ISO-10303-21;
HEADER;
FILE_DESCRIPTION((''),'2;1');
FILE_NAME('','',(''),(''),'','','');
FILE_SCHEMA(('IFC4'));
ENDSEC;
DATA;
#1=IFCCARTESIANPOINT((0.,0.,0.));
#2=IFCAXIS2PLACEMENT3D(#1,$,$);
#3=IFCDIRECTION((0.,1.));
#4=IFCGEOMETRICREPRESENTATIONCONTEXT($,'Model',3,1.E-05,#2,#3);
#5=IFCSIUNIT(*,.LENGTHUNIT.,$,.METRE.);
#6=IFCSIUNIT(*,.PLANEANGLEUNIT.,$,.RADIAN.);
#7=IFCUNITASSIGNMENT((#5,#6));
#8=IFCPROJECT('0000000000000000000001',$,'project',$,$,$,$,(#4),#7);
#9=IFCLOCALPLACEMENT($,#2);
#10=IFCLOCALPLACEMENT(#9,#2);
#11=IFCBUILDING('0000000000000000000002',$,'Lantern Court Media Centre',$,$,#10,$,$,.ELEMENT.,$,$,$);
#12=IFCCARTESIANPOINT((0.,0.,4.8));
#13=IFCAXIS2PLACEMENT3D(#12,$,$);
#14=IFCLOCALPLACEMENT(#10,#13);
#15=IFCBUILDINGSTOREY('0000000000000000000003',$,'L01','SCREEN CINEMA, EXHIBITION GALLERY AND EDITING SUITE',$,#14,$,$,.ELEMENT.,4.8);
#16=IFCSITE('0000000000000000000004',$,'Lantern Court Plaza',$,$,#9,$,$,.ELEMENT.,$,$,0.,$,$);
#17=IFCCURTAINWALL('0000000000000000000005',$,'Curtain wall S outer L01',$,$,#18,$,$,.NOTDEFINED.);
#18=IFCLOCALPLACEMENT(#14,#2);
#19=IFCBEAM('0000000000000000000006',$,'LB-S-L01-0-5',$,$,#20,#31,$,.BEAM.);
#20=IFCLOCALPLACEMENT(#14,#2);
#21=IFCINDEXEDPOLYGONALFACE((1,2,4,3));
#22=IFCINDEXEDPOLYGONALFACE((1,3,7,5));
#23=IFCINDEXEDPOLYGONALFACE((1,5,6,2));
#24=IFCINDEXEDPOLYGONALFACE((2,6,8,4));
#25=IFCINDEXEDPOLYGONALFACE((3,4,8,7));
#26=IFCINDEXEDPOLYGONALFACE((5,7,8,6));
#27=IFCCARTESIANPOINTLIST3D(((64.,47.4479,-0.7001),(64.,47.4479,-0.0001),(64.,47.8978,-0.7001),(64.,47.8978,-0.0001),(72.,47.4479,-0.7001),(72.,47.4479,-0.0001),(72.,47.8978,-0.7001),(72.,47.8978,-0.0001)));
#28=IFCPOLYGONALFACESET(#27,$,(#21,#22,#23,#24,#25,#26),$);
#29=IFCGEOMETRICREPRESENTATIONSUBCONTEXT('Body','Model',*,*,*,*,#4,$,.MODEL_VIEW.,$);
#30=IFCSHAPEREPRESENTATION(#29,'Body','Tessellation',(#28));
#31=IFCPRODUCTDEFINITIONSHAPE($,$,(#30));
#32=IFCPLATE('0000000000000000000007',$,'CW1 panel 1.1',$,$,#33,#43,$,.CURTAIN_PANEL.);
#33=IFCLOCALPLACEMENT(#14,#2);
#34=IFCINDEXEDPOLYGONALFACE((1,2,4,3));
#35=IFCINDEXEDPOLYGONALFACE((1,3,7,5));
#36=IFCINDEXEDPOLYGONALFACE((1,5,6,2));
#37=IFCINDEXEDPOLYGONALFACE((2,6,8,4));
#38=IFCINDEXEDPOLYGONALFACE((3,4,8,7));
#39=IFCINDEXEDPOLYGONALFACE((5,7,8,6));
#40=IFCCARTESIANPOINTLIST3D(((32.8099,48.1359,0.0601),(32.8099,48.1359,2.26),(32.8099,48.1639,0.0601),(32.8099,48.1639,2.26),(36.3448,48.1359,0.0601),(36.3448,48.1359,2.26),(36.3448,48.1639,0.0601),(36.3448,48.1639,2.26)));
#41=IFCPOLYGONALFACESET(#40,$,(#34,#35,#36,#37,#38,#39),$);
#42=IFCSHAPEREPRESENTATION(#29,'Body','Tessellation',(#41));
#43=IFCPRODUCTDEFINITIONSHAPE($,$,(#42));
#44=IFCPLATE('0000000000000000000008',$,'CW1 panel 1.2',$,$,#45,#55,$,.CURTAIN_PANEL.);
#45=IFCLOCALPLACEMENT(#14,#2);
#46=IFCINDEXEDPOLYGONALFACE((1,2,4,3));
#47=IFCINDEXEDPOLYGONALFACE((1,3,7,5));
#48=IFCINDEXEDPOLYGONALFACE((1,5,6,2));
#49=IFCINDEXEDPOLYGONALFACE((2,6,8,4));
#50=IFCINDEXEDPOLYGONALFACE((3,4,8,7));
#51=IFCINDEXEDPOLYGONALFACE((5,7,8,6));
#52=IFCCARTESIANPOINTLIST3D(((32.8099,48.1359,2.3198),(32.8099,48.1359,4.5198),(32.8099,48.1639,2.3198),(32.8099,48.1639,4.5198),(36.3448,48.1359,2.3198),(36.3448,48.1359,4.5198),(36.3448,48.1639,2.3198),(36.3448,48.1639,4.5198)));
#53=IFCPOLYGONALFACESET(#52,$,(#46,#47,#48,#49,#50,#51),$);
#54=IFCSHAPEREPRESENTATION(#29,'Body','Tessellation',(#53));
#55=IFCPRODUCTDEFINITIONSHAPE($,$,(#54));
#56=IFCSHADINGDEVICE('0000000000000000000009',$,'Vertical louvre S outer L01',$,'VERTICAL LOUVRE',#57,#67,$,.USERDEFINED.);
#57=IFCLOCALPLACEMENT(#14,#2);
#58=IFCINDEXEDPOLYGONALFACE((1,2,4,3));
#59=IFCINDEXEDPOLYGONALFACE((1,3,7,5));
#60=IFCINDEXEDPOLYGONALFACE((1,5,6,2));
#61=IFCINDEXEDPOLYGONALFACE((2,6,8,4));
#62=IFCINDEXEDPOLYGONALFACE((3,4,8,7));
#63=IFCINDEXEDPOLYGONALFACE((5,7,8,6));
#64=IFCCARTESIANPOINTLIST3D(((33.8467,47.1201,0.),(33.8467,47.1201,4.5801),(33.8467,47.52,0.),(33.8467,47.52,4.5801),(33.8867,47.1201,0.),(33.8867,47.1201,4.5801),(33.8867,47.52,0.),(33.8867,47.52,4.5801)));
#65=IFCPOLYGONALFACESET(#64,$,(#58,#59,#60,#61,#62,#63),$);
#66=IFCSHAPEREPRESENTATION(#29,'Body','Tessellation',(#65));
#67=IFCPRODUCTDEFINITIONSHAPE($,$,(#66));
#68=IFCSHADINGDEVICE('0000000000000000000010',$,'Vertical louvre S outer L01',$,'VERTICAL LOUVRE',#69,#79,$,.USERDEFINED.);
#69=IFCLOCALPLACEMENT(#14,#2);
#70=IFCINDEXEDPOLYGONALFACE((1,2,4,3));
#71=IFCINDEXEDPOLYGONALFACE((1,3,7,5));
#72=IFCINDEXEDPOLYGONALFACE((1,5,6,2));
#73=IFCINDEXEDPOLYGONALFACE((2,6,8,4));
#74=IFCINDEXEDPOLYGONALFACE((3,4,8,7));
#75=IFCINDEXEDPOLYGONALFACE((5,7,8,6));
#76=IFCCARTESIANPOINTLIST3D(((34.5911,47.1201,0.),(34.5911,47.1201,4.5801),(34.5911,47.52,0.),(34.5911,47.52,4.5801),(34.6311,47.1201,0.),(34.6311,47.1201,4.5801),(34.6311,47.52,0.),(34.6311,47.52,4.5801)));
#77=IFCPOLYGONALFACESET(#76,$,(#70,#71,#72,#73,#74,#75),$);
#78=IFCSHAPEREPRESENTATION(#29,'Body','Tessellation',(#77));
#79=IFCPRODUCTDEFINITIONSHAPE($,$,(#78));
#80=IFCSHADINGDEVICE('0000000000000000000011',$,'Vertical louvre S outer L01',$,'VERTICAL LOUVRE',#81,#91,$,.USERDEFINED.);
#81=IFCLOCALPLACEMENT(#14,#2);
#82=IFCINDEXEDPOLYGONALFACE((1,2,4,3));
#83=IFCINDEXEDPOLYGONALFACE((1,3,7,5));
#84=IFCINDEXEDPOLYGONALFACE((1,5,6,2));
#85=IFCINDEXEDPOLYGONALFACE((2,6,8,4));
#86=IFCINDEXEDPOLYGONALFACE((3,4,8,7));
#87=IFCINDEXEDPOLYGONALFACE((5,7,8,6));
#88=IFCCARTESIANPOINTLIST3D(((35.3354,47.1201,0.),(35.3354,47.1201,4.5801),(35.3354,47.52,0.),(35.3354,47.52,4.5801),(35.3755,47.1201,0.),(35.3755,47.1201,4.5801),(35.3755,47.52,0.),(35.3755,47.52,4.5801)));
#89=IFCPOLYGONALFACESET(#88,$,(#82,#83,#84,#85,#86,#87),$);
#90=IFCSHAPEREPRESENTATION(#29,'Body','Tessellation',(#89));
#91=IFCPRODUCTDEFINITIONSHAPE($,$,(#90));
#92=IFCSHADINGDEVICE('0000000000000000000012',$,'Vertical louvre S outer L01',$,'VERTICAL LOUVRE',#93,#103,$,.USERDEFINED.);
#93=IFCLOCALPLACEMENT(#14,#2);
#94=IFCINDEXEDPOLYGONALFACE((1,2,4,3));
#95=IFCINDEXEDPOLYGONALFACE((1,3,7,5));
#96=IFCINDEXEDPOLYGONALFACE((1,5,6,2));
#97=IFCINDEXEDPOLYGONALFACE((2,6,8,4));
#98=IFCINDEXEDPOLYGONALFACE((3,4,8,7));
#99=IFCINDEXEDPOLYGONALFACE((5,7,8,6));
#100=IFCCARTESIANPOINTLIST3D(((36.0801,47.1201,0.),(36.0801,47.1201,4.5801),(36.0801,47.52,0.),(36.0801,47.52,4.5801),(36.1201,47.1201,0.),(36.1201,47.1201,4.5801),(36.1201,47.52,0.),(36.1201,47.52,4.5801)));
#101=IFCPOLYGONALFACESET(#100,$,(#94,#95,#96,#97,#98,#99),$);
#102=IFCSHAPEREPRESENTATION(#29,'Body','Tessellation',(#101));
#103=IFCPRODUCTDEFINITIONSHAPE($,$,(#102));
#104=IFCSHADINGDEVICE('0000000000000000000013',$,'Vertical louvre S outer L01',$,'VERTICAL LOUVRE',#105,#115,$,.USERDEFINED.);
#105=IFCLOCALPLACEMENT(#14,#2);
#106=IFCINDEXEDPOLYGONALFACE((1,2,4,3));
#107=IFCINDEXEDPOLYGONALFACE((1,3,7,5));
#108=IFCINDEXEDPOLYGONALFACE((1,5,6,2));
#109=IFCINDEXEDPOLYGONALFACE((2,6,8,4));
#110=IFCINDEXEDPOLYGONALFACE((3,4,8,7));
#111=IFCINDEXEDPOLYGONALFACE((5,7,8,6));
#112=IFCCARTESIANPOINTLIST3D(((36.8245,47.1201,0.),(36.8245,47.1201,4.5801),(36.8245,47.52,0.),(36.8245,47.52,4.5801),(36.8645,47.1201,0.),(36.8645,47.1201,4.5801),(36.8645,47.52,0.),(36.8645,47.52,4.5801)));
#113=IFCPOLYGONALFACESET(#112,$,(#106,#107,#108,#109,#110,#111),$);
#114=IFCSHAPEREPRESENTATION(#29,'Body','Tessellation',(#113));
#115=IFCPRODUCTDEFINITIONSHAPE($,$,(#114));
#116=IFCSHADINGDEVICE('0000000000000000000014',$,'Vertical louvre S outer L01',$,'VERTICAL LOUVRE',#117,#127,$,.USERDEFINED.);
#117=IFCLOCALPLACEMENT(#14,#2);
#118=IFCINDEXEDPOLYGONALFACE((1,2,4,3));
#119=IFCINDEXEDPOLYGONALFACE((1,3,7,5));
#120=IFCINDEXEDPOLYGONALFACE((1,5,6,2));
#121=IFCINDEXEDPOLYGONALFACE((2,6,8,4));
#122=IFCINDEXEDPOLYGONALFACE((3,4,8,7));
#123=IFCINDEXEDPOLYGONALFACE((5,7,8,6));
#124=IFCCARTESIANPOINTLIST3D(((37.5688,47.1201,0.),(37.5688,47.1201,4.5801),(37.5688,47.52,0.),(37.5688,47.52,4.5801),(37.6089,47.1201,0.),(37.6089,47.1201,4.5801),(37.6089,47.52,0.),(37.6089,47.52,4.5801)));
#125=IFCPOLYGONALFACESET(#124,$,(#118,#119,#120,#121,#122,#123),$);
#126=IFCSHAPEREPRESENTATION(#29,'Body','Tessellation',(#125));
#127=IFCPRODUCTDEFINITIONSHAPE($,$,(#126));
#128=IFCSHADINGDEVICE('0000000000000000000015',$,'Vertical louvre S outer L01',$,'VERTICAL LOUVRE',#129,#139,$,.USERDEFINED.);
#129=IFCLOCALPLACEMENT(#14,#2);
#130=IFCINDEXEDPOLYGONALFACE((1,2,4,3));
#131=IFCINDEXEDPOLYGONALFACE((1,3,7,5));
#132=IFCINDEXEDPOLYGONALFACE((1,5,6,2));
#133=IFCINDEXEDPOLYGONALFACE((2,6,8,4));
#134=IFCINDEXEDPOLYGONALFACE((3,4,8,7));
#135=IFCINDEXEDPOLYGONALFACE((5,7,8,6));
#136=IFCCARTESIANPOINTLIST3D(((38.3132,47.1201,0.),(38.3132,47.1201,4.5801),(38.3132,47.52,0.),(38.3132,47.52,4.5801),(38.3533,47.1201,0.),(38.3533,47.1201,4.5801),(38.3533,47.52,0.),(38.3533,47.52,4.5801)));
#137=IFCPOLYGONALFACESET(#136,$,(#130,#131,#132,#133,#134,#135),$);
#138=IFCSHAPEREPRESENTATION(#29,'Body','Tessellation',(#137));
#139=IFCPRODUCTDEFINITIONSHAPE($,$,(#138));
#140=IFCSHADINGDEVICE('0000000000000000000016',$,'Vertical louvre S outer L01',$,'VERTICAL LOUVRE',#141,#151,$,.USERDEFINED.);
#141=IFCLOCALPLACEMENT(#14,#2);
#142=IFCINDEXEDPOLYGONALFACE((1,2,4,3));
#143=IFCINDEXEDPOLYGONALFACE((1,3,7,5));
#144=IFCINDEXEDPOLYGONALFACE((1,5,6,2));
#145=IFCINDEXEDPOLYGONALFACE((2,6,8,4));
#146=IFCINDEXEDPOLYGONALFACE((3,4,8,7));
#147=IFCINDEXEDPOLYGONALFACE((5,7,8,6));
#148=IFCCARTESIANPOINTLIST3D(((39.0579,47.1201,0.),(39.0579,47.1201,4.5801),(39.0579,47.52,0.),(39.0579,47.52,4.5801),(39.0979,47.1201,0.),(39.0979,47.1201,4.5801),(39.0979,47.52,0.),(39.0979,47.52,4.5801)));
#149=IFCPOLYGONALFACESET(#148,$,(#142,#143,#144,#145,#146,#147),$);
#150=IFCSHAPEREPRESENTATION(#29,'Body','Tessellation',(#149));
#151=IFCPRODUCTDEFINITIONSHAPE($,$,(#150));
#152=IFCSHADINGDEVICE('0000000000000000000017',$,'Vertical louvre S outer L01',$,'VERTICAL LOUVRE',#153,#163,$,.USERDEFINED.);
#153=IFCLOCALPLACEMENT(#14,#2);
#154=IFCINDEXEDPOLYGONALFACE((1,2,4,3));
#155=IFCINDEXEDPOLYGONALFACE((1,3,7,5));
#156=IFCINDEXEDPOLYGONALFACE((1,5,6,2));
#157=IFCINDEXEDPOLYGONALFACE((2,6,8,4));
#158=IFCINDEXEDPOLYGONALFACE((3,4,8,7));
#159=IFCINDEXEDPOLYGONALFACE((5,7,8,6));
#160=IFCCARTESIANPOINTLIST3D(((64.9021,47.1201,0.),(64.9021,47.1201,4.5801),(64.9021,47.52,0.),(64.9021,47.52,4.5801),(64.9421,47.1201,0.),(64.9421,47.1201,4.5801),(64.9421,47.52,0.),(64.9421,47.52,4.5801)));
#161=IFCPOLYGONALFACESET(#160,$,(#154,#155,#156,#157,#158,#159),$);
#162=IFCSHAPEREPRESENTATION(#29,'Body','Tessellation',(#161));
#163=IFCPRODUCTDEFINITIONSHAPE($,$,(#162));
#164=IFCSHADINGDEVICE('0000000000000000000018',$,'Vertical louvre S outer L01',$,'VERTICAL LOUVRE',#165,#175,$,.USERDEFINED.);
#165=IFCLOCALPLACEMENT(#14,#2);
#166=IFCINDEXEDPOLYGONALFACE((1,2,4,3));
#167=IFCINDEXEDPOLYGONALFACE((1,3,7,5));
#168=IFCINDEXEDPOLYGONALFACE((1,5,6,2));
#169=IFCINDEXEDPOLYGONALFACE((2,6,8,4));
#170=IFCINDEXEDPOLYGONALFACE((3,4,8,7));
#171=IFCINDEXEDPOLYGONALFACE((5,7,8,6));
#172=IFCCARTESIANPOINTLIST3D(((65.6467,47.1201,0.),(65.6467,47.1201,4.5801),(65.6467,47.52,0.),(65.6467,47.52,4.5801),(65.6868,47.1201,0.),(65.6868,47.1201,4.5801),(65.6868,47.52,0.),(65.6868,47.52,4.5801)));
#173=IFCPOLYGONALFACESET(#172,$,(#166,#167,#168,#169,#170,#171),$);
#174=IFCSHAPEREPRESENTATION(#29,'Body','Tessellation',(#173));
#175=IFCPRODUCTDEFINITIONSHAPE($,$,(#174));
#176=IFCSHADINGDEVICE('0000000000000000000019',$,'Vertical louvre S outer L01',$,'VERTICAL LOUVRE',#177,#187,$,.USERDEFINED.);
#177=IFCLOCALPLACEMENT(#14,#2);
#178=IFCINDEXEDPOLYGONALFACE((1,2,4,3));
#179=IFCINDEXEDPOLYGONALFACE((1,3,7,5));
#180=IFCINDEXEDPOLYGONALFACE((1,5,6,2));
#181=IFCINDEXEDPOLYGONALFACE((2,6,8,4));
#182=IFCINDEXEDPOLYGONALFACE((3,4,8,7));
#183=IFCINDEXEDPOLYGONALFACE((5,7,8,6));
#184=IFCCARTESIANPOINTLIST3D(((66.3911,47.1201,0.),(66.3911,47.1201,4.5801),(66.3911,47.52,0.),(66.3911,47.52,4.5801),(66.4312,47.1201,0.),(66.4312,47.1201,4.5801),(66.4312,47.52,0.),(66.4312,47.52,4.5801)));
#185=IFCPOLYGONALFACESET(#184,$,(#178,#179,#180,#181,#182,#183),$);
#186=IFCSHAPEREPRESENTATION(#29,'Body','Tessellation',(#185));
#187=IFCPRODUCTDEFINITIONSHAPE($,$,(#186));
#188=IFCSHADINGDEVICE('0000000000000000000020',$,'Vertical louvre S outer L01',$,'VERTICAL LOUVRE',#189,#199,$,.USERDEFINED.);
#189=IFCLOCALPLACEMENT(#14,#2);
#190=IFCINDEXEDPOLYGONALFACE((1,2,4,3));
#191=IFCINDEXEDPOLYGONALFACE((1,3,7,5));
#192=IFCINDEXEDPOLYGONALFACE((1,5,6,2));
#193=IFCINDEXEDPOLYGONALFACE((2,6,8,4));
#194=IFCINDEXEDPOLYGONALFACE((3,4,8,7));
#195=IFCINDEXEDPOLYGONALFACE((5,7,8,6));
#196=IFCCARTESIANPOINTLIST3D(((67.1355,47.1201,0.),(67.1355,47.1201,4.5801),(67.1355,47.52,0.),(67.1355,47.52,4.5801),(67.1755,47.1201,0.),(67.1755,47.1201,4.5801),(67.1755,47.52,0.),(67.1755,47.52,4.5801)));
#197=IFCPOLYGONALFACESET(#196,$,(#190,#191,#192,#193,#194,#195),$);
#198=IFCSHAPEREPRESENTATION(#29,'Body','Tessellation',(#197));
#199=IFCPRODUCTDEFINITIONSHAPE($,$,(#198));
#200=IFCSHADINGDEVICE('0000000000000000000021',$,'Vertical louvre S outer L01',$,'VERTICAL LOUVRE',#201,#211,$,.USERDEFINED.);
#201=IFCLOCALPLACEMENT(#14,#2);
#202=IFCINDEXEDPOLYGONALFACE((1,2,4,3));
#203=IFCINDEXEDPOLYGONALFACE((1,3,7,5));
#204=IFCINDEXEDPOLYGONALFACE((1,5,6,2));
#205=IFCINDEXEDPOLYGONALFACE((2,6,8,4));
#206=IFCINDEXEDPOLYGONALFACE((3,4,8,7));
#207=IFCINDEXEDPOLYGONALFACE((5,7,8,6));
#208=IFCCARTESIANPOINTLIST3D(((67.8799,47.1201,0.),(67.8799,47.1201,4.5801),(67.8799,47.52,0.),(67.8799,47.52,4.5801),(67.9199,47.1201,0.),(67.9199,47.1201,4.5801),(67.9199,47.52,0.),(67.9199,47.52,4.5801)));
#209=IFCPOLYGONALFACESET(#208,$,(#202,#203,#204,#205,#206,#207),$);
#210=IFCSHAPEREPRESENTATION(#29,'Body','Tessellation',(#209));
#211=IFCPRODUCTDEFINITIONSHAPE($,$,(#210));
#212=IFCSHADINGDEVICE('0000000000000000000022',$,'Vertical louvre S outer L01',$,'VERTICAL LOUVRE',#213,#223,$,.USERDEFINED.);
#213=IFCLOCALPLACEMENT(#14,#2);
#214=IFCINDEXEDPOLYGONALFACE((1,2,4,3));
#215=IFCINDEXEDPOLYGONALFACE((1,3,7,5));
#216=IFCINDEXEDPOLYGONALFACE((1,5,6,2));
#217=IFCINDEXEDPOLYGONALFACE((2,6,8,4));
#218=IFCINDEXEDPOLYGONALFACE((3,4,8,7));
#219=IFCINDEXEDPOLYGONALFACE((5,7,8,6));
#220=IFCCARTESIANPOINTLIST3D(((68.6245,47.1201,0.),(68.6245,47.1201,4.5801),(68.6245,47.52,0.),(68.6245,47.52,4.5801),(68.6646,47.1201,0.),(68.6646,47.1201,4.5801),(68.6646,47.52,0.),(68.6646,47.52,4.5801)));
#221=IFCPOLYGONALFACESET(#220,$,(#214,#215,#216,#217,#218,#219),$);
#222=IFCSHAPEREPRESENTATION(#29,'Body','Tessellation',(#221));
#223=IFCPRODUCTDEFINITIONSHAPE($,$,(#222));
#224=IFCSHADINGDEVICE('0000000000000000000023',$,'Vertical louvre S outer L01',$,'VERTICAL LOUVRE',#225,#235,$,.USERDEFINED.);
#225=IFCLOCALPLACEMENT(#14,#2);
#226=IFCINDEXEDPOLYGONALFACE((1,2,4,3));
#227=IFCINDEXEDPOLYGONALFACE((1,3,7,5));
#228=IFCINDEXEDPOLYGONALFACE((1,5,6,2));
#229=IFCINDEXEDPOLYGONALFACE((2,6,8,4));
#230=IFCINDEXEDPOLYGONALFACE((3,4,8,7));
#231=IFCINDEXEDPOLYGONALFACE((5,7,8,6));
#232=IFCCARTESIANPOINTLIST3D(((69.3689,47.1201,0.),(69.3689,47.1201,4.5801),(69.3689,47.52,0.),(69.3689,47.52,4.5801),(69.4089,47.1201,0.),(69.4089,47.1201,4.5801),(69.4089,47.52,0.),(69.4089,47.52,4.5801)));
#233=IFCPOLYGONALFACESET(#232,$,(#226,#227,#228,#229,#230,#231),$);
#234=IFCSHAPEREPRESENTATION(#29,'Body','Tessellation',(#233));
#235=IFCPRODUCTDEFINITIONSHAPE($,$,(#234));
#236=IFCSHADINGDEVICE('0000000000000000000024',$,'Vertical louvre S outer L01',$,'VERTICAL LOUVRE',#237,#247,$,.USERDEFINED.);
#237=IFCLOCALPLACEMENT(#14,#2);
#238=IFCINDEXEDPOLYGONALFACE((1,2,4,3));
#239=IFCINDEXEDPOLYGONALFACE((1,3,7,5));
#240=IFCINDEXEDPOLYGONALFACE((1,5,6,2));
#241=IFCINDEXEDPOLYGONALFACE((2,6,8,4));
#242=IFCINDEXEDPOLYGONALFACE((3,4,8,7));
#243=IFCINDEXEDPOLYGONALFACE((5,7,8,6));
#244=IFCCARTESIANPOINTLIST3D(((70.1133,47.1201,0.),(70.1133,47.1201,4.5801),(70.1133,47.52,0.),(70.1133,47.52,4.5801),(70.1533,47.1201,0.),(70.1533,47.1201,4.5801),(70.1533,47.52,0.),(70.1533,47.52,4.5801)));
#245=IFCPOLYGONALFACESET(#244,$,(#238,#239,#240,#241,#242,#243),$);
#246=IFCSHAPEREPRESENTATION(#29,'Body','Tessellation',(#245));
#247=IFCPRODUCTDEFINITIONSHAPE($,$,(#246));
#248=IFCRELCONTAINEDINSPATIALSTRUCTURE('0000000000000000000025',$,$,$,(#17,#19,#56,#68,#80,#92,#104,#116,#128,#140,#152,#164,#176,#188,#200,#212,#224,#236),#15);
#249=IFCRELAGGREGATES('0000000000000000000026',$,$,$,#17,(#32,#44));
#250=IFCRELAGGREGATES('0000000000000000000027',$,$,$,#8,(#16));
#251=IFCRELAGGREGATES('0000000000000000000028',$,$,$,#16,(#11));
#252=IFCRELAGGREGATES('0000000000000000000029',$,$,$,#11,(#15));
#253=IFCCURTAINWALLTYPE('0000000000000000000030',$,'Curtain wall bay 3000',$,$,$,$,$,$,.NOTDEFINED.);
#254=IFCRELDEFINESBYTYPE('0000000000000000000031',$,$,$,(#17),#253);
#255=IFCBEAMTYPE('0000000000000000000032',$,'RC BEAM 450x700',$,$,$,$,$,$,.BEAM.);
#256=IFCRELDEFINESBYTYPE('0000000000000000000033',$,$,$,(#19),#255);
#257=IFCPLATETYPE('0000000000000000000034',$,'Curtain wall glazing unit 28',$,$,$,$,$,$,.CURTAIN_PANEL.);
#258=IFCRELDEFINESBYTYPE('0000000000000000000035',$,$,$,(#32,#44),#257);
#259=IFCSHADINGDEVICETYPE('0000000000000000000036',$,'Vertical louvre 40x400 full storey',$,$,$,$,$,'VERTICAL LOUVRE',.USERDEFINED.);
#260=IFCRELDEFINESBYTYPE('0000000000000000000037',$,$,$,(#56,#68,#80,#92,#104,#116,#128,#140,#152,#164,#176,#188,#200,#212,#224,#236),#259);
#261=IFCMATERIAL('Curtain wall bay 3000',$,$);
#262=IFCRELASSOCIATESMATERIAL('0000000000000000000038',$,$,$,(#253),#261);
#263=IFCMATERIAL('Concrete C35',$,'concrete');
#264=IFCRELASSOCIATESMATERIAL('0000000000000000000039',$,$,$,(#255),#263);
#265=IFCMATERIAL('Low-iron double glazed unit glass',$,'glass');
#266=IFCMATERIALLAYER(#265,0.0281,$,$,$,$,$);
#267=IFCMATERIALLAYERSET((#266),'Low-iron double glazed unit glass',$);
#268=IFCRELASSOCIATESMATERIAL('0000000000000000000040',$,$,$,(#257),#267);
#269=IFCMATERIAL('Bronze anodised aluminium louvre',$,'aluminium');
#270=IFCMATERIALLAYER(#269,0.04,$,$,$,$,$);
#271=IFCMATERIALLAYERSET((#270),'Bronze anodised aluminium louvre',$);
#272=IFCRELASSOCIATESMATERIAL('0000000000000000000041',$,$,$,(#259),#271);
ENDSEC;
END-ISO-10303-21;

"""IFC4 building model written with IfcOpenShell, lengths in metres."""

from ifc_helpers import new_model, si_unit, direction, frame, origin, origin_2d, place, context, subcontext, project, spatial, rectangle, extrude, material, layer, layer_set, material_profile, profile_set, type_object, element, aggregate, save


model = new_model("IFC4")

# Units and contexts
model_context = context("Model", 3, precision=1e-05, world=origin(), true_north=direction((0.0, 1.0)))
body_context = subcontext(model_context, "Body", "Model", "MODEL_VIEW")
ifc_project = project(units=[si_unit("LENGTHUNIT", "METRE"), si_unit("PLANEANGLEUNIT", "RADIAN")], contexts=[model_context])

# Site, building, storey
site_placement = place(None, origin())
site = spatial("IfcSite", under=ifc_project, at=site_placement, Name="Lantern Court Plaza", CompositionType="ELEMENT", RefElevation=0.0)
building_placement = place(site_placement, origin())
building = spatial("IfcBuilding", under=site, at=building_placement, Name="Lantern Court Media Centre", CompositionType="ELEMENT")
storey_placement = place(building_placement, frame((0.0, 0.0, 4.8)))
storey = spatial("IfcBuildingStorey", under=building, at=storey_placement, Name="L01", Description="SCREEN CINEMA, EXHIBITION GALLERY AND EDITING SUITE", CompositionType="ELEMENT", Elevation=4.8)

# Shared definitions
ifc_material_1 = material(Name="Concrete C35", Category="concrete")

# Curtain wall
ifc_material_2 = material(Name="Curtain wall bay 3000")
curtain_wall_type = type_object("IfcCurtainWallType", Name="Curtain wall bay 3000", PredefinedType="NOTDEFINED", material=ifc_material_2)
curtain_wall_1_placement = place(storey_placement, origin())
curtain_wall_1 = element("IfcCurtainWall", 1, at=curtain_wall_1_placement, inside=storey, type_object=curtain_wall_type, Name="Curtain wall S outer L01", PredefinedType="NOTDEFINED")

# Beam
ifc_material_profile_1 = material_profile(ifc_material_1, rectangle(XDim=0.45, YDim=0.7, at=origin_2d()), Name="RC 450x700")
ifc_profile_set_1 = profile_set([ifc_material_profile_1], Name="Concrete C35")
beam_type_1 = type_object("IfcBeamType", Name="RC BEAM 450x700", PredefinedType="BEAM", material=ifc_profile_set_1)
beam_1_placement = place(storey_placement, frame((64.0, 47.6729, -0.3501), z_axis=(1.0, 0.0, 0.0), x_axis=(0.0, 1.0, 0.0)))
element("IfcBeam", 2, at=beam_1_placement, inside=storey, type_object=beam_type_1, Name="LB-S-L01-0-5", PredefinedType="BEAM", context=body_context, shape_type="SweptSolid", body=[
    extrude(rectangle(XDim=0.45, YDim=0.7, at=origin_2d()), origin(), (0.0, 0.0, 1.0), 8.0),
])

# Plates
ifc_material_3 = material(Name="Low-iron double glazed unit glass", Category="glass")
ifc_layer_1 = layer(ifc_material_3, 0.0281)
ifc_layer_set_1 = layer_set([ifc_layer_1], Name="Low-iron double glazed unit glass")
plate_type = type_object("IfcPlateType", Name="Curtain wall glazing unit 28", PredefinedType="CURTAIN_PANEL", material=ifc_layer_set_1)
plate_1_placement = place(storey_placement, frame((34.5774, 48.1499, 0.0601), z_axis=(0.0, 0.0, 1.0), x_axis=(1.0, 0.0, 0.0)))
plate_1 = element("IfcPlate", 3, at=plate_1_placement, type_object=plate_type, Name="CW1 panel 1.1", PredefinedType="CURTAIN_PANEL", context=body_context, shape_type="SweptSolid", body=[
    extrude(rectangle(XDim=3.5349, YDim=0.0281, at=origin_2d()), origin(), (0.0, 0.0, 1.0), 2.2),
])
plate_2_placement = place(storey_placement, frame((34.5774, 48.1499, 2.3198), z_axis=(0.0, 0.0, 1.0), x_axis=(1.0, 0.0, 0.0)))
plate_2 = element("IfcPlate", 4, at=plate_2_placement, type_object=plate_type, Name="CW1 panel 1.2", PredefinedType="CURTAIN_PANEL", context=body_context, shape_type="SweptSolid", body=[
    extrude(rectangle(XDim=3.5349, YDim=0.0281, at=origin_2d()), origin(), (0.0, 0.0, 1.0), 2.2),
])
aggregate(curtain_wall_1, [plate_1, plate_2])

# Shading devices
ifc_material_4 = material(Name="Bronze anodised aluminium louvre", Category="aluminium")
ifc_layer_2 = layer(ifc_material_4, 0.04)
ifc_layer_set_2 = layer_set([ifc_layer_2], Name="Bronze anodised aluminium louvre")
shading_device_type = type_object("IfcShadingDeviceType", Name="Vertical louvre 40x400 full storey", ElementType="VERTICAL LOUVRE", PredefinedType="USERDEFINED", material=ifc_layer_set_2)
for number, where, z_axis, x_axis, name in (
    (5, (33.8667, 47.3201, 0.0), (0.0, 0.0, 1.0), (1.0, 0.0, 0.0), "Vertical louvre S outer L01"),
    (6, (34.6111, 47.3201, 0.0), (0.0, 0.0, 1.0), (1.0, 0.0, 0.0), "Vertical louvre S outer L01"),
    (7, (35.3555, 47.3201, 0.0), (0.0, 0.0, 1.0), (1.0, 0.0, 0.0), "Vertical louvre S outer L01"),
    (8, (36.1001, 47.3201, 0.0), (0.0, 0.0, 1.0), (1.0, 0.0, 0.0), "Vertical louvre S outer L01"),
    (9, (36.8445, 47.3201, 0.0), (0.0, 0.0, 1.0), (1.0, 0.0, 0.0), "Vertical louvre S outer L01"),
    (10, (37.5889, 47.3201, 0.0), (0.0, 0.0, 1.0), (1.0, 0.0, 0.0), "Vertical louvre S outer L01"),
    (11, (38.3333, 47.3201, 0.0), (0.0, 0.0, 1.0), (1.0, 0.0, 0.0), "Vertical louvre S outer L01"),
    (12, (39.0779, 47.3201, 0.0), (0.0, 0.0, 1.0), (1.0, 0.0, 0.0), "Vertical louvre S outer L01"),
    (13, (64.9221, 47.3201, 0.0), (0.0, 0.0, 1.0), (1.0, 0.0, 0.0), "Vertical louvre S outer L01"),
    (14, (65.6667, 47.3201, 0.0), (0.0, 0.0, 1.0), (1.0, 0.0, 0.0), "Vertical louvre S outer L01"),
    (15, (66.4111, 47.3201, 0.0), (0.0, 0.0, 1.0), (1.0, 0.0, 0.0), "Vertical louvre S outer L01"),
    (16, (67.1555, 47.3201, 0.0), (0.0, 0.0, 1.0), (1.0, 0.0, 0.0), "Vertical louvre S outer L01"),
    (17, (67.8999, 47.3201, 0.0), (0.0, 0.0, 1.0), (1.0, 0.0, 0.0), "Vertical louvre S outer L01"),
    (18, (68.6445, 47.3201, 0.0), (0.0, 0.0, 1.0), (1.0, 0.0, 0.0), "Vertical louvre S outer L01"),
    (19, (69.3889, 47.3201, 0.0), (0.0, 0.0, 1.0), (1.0, 0.0, 0.0), "Vertical louvre S outer L01"),
    (20, (70.1333, 47.3201, 0.0), (0.0, 0.0, 1.0), (1.0, 0.0, 0.0), "Vertical louvre S outer L01"),
):
    element("IfcShadingDevice", number, at=place(storey_placement, frame(where, z_axis=z_axis, x_axis=x_axis)), inside=storey, type_object=shading_device_type, Name=name, ObjectType="VERTICAL LOUVRE", PredefinedType="USERDEFINED", context=body_context, shape_type="SweptSolid", body=[
        extrude(rectangle(XDim=0.04, YDim=0.3999, at=origin_2d()), origin(), (0.0, 0.0, 1.0), 4.5801),
    ])

save(model, "model.ifc")
